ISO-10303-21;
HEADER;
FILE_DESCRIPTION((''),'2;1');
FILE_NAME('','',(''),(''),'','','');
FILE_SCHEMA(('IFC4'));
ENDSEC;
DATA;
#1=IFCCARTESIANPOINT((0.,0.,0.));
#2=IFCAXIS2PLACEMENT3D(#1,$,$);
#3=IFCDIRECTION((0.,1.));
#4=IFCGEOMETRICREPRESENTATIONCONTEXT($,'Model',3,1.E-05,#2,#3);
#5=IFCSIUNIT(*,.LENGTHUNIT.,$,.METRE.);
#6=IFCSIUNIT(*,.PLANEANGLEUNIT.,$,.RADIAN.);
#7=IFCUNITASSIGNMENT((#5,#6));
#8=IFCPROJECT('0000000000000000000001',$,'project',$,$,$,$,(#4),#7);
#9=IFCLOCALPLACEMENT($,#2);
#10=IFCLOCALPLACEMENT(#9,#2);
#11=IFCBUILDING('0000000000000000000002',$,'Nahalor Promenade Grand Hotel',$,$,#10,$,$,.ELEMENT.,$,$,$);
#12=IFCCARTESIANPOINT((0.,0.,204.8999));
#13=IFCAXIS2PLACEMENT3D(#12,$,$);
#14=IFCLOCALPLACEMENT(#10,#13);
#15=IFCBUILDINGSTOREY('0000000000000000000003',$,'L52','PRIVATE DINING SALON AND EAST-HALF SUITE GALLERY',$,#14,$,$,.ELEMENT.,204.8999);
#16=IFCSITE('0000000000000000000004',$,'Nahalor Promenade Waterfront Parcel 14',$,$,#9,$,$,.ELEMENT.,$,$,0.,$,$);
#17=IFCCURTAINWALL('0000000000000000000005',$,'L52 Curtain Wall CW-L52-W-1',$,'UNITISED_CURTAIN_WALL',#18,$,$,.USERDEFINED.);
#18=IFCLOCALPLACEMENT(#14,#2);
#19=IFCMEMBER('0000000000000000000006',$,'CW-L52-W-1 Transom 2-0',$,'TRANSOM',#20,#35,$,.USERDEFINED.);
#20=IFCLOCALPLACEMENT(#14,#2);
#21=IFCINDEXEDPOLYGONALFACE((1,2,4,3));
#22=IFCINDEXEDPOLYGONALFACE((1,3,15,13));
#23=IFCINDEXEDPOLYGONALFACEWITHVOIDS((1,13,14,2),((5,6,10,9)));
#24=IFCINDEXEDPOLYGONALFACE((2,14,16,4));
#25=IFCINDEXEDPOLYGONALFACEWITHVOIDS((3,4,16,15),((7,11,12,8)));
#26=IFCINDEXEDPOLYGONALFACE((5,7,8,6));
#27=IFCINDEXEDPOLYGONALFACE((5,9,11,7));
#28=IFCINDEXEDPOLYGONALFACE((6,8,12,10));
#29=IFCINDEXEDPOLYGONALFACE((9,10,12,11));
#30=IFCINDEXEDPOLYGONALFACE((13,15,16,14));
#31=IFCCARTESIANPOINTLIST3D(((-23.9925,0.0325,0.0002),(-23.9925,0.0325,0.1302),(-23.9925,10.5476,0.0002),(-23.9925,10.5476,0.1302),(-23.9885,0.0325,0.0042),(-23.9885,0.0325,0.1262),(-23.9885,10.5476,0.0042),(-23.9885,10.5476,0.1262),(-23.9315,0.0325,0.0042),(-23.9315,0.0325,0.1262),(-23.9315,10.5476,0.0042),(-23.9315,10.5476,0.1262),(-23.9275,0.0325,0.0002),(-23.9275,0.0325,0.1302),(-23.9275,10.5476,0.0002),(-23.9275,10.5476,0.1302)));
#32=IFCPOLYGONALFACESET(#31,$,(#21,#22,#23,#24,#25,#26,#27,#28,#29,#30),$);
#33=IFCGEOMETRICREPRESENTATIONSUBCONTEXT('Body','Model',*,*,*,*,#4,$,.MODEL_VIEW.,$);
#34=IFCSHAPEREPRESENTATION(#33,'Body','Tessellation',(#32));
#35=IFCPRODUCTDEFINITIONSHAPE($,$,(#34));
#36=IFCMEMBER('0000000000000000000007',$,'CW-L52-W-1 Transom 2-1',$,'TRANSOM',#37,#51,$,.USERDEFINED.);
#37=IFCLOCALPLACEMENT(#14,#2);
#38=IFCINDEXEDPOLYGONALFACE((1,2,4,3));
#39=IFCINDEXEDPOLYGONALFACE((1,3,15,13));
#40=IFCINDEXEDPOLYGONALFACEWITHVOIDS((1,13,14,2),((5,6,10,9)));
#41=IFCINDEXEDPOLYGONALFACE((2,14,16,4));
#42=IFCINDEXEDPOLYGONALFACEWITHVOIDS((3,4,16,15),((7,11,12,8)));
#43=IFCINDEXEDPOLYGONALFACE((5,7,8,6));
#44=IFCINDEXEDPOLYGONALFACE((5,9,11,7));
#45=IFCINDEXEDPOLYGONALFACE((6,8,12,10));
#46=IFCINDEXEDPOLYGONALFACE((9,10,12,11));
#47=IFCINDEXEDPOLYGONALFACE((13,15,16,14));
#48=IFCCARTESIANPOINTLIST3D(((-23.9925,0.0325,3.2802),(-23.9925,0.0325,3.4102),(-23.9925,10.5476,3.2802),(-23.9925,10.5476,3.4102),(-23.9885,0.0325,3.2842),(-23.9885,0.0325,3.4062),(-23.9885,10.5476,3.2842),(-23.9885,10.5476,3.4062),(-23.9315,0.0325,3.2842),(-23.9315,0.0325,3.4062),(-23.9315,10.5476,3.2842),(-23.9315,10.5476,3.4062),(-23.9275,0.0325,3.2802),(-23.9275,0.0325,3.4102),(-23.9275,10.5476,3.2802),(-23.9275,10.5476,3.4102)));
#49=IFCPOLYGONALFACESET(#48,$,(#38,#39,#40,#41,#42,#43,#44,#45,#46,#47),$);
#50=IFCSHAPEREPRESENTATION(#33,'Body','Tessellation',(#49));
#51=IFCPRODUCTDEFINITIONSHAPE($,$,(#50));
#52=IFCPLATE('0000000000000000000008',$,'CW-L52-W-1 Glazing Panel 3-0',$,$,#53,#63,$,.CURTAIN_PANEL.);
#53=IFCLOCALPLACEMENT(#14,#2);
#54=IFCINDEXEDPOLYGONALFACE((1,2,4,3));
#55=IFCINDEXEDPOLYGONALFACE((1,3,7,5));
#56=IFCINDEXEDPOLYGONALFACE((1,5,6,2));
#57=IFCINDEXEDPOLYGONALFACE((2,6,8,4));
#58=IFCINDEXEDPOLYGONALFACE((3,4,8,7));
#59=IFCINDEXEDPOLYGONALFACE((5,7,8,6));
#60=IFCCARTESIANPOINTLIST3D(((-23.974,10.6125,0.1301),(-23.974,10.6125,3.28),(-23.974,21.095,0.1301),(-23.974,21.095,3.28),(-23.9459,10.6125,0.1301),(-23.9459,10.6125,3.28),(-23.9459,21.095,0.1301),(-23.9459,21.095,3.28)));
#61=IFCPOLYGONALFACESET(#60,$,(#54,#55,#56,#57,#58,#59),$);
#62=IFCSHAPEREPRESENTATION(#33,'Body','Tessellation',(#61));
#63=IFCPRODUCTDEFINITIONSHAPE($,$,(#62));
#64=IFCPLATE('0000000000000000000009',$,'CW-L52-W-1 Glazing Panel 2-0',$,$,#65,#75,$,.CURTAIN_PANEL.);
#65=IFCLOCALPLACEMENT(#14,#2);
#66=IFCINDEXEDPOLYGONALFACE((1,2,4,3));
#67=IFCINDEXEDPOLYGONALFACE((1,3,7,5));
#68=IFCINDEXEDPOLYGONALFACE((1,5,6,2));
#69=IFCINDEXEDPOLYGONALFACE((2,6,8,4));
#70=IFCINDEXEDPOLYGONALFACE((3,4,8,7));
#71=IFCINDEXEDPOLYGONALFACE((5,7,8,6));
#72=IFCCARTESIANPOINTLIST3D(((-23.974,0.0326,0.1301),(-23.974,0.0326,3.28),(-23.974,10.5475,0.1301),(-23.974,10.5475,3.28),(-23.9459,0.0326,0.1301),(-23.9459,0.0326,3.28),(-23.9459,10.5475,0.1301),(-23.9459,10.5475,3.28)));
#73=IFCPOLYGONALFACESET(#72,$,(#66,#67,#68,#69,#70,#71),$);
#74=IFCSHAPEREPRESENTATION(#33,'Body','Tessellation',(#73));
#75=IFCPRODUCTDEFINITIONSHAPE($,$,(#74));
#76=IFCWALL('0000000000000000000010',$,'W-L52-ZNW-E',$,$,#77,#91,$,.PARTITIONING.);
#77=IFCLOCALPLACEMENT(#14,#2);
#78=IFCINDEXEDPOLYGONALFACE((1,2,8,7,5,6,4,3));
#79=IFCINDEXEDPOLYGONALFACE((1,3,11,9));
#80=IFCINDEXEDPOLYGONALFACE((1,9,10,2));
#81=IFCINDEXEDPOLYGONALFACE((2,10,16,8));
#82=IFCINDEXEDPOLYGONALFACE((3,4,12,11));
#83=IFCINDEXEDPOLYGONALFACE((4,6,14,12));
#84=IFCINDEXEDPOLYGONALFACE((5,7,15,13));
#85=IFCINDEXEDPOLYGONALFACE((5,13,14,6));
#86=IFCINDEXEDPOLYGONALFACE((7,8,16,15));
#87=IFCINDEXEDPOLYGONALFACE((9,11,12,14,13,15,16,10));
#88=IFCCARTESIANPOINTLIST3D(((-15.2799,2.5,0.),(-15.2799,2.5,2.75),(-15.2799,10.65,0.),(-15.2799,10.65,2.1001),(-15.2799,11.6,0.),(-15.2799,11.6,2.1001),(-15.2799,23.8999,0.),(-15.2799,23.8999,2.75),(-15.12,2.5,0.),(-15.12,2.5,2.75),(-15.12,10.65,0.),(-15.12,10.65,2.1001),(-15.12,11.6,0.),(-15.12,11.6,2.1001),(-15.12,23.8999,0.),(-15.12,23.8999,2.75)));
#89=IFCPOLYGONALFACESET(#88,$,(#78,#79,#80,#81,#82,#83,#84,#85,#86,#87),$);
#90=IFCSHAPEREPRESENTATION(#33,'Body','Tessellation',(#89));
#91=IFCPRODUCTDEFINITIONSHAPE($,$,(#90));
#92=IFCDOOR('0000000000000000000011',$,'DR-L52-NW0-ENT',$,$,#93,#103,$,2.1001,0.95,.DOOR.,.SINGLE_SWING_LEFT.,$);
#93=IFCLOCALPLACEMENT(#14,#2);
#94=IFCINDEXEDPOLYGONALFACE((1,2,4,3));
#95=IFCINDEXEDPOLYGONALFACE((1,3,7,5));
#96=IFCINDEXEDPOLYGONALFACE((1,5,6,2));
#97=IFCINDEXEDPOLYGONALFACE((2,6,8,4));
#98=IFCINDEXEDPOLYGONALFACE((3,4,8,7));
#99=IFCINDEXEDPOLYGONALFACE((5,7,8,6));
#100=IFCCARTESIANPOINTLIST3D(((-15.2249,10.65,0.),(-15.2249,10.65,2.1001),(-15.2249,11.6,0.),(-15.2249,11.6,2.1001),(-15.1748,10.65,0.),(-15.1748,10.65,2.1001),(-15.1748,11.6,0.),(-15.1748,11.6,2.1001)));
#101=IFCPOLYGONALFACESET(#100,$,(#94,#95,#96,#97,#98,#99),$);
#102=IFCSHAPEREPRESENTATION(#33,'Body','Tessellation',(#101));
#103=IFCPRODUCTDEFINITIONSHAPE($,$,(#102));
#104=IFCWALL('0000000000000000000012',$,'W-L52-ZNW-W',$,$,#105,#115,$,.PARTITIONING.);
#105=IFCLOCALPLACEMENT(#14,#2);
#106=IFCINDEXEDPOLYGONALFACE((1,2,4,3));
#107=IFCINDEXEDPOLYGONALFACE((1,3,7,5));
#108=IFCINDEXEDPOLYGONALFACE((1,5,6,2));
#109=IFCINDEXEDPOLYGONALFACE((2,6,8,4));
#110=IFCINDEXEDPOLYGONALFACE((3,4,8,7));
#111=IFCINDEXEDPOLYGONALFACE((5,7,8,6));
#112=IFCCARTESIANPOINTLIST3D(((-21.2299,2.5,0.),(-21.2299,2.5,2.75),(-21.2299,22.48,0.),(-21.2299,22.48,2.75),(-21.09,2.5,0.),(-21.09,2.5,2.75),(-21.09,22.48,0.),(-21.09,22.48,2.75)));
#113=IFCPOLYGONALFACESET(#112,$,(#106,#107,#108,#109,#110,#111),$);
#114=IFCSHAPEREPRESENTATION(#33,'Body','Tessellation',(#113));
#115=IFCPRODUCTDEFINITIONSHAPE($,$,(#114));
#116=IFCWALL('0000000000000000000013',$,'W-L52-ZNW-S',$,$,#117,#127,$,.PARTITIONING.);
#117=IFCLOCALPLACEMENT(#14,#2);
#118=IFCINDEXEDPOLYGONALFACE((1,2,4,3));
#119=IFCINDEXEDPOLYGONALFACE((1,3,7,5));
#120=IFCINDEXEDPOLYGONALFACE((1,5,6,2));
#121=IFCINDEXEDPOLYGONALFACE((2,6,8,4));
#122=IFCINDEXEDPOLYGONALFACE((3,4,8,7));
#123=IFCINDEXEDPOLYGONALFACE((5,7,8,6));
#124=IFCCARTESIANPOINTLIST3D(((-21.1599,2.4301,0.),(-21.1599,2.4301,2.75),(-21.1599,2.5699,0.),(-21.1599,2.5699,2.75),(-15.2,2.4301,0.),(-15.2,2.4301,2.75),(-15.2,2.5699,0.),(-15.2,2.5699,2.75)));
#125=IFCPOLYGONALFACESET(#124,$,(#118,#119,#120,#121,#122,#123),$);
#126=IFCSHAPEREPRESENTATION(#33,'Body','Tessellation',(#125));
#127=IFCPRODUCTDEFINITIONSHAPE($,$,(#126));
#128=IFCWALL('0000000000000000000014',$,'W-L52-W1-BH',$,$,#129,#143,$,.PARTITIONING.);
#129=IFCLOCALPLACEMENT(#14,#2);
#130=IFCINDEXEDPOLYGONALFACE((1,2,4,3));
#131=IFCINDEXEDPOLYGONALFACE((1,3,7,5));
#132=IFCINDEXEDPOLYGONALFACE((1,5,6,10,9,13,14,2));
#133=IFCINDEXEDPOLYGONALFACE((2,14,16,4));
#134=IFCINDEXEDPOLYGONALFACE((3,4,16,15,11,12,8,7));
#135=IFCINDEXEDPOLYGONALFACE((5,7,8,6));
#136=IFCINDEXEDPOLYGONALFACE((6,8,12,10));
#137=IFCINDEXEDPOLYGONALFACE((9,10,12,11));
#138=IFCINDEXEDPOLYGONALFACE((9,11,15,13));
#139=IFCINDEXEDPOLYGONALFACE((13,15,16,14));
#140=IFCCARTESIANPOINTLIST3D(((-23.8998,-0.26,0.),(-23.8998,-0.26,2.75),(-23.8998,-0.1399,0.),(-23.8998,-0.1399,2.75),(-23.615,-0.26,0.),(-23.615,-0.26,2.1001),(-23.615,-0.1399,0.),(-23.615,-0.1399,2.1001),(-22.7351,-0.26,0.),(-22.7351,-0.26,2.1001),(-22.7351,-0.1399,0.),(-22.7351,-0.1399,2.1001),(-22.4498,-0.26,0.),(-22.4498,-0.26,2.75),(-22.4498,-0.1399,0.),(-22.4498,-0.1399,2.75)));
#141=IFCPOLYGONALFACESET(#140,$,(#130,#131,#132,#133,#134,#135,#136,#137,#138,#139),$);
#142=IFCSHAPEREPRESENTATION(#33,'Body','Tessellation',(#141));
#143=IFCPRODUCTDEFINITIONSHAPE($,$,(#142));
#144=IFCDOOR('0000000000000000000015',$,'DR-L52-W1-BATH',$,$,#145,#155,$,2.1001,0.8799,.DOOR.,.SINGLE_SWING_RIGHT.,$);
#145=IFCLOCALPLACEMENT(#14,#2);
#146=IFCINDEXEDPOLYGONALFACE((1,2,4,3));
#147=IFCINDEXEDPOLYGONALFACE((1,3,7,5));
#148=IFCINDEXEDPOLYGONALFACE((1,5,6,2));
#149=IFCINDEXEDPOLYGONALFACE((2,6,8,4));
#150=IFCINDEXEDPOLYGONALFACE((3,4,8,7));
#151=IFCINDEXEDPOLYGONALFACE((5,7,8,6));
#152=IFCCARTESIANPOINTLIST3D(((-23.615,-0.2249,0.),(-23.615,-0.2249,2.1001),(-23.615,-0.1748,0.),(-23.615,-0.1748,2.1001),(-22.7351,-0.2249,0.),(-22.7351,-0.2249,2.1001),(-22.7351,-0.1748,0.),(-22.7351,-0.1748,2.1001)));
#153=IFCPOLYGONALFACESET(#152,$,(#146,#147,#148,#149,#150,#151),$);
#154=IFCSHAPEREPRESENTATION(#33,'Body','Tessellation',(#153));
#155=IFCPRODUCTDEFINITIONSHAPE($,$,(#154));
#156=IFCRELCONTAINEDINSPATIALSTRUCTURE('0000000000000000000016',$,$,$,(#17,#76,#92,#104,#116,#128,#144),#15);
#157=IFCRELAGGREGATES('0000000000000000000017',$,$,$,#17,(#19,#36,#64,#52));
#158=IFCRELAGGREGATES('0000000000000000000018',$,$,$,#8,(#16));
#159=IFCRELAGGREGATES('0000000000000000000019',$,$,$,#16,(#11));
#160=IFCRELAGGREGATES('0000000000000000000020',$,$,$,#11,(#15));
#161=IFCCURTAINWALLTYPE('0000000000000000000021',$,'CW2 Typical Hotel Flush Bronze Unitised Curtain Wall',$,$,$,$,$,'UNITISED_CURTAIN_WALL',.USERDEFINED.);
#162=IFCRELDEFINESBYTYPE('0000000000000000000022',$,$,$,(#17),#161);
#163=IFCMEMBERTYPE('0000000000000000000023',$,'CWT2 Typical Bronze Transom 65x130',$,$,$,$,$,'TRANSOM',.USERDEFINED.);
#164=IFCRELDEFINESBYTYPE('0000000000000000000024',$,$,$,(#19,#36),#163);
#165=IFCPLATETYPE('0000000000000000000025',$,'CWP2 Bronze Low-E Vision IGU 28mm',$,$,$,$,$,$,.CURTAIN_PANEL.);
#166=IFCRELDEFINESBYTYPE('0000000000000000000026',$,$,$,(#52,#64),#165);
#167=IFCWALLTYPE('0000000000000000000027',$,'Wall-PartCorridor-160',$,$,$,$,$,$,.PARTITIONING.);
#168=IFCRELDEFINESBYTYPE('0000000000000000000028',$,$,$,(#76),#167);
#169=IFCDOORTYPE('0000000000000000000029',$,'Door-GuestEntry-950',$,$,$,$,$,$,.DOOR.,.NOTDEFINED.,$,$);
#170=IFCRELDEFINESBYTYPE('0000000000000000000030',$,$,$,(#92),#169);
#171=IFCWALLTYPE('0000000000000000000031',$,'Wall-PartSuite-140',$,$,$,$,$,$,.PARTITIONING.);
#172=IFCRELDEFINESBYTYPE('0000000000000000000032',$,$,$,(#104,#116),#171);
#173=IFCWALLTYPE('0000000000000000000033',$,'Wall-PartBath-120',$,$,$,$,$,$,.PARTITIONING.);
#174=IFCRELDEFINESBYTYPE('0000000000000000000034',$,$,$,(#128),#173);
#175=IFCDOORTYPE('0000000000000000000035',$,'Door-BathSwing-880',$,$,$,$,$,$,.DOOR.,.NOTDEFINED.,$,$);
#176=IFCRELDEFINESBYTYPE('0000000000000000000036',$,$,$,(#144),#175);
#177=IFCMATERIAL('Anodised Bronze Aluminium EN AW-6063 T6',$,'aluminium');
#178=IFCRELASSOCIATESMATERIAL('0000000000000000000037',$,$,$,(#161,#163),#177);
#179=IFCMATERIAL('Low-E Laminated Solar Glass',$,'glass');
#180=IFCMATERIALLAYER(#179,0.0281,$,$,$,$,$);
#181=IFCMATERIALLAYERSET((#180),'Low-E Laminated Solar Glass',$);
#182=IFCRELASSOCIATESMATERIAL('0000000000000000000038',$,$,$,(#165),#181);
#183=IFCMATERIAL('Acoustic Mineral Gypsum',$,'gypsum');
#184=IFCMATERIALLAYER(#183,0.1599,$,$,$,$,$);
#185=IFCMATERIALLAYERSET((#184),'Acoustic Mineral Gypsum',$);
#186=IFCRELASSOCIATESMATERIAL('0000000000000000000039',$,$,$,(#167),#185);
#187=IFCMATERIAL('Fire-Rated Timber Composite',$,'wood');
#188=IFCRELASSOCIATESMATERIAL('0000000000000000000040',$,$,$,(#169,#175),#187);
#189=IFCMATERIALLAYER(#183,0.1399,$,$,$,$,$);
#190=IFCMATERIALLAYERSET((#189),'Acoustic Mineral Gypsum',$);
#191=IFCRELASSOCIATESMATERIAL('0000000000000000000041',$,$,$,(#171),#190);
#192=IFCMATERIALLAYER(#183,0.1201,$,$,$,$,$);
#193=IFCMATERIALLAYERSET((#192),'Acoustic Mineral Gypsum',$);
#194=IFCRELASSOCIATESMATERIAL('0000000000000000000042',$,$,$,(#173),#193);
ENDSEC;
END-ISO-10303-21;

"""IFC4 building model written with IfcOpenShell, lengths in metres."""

from ifc_helpers import new_model, si_unit, direction, frame, frame_2d, origin, origin_2d, place, context, subcontext, project, spatial, rectangle, hollow_rectangle, extrude, source, transform, mapped, material, layer, layer_set, material_profile, profile_set, type_object, element, fill, aggregate, save


model = new_model("IFC4")

# Units and contexts
model_context = context("Model", 3, precision=1e-05, world=origin(), true_north=direction((0.0, 1.0)))
body_context = subcontext(model_context, "Body", "Model", "MODEL_VIEW")
ifc_project = project(units=[si_unit("LENGTHUNIT", "METRE"), si_unit("PLANEANGLEUNIT", "RADIAN")], contexts=[model_context])

# Site, building, storey
site_placement = place(None, origin())
site = spatial("IfcSite", under=ifc_project, at=site_placement, Name="Nahalor Promenade Waterfront Parcel 14", CompositionType="ELEMENT", RefElevation=0.0)
building_placement = place(site_placement, origin())
building = spatial("IfcBuilding", under=site, at=building_placement, Name="Nahalor Promenade Grand Hotel", CompositionType="ELEMENT")
storey_placement = place(building_placement, frame((0.0, 0.0, 204.8999)))
storey = spatial("IfcBuildingStorey", under=building, at=storey_placement, Name="L52", Description="PRIVATE DINING SALON AND EAST-HALF SUITE GALLERY", CompositionType="ELEMENT", Elevation=204.8999)

# Curtain wall, members, plates
ifc_material_1 = material(Name="Anodised Bronze Aluminium EN AW-6063 T6", Category="aluminium")
curtain_wall_type = type_object("IfcCurtainWallType", Name="CW2 Typical Hotel Flush Bronze Unitised Curtain Wall", ElementType="UNITISED_CURTAIN_WALL", PredefinedType="USERDEFINED", material=ifc_material_1)
curtain_wall_placement = place(storey_placement, origin())
curtain_wall = element("IfcCurtainWall", 1, at=curtain_wall_placement, inside=storey, type_object=curtain_wall_type, Name="L52 Curtain Wall CW-L52-W-1", ObjectType="UNITISED_CURTAIN_WALL", PredefinedType="USERDEFINED")
ifc_material_profile_1 = material_profile(ifc_material_1, hollow_rectangle(XDim=0.065, YDim=0.13, WallThickness=0.004, at=origin_2d()), Name="CWT 65x130x4")
ifc_profile_set_1 = profile_set([ifc_material_profile_1], Name="Anodised Bronze Aluminium EN AW-6063 T6")
member_type_1 = type_object("IfcMemberType", Name="CWT2 Typical Bronze Transom 65x130", ElementType="TRANSOM", PredefinedType="USERDEFINED", material=ifc_profile_set_1)
shared_shape_1 = source(origin(), body_context, "Body", "SweptSolid", [
    extrude(hollow_rectangle(XDim=0.065, YDim=0.13, WallThickness=0.004, at=origin_2d()), origin(), (0.0, 0.0, 1.0), 10.5151),
])
member_1_placement = place(storey_placement, frame((-23.96, 0.0325, 0.0652), z_axis=(0.0, 1.0, 0.0), x_axis=(-1.0, 0.0, 0.0)))
member_1 = element("IfcMember", 2, at=member_1_placement, type_object=member_type_1, Name="CW-L52-W-1 Transom 2-0", ObjectType="TRANSOM", PredefinedType="USERDEFINED", context=body_context, shape_type="MappedRepresentation", body=[
    mapped(shared_shape_1, transform((0.0, 0.0, 0.0), scale=1.0)),
])
member_2_placement = place(storey_placement, frame((-23.96, 0.0325, 3.3452), z_axis=(0.0, 1.0, 0.0), x_axis=(-1.0, 0.0, 0.0)))
member_2 = element("IfcMember", 3, at=member_2_placement, type_object=member_type_1, Name="CW-L52-W-1 Transom 2-1", ObjectType="TRANSOM", PredefinedType="USERDEFINED", context=body_context, shape_type="MappedRepresentation", body=[
    mapped(shared_shape_1, transform((0.0, 0.0, 0.0), scale=1.0)),
])
ifc_material_2 = material(Name="Low-E Laminated Solar Glass", Category="glass")
ifc_layer_1 = layer(ifc_material_2, 0.0281)
ifc_layer_set_1 = layer_set([ifc_layer_1], Name="Low-E Laminated Solar Glass")
plate_type = type_object("IfcPlateType", Name="CWP2 Bronze Low-E Vision IGU 28mm", PredefinedType="CURTAIN_PANEL", material=ifc_layer_set_1)
shared_shape_2 = source(origin(), body_context, "Body", "SweptSolid", [
    extrude(rectangle(XDim=10.4824, YDim=0.0281, at=origin_2d()), origin(), (0.0, 0.0, 1.0), 3.1499),
])
plate_1_placement = place(storey_placement, frame((-23.96, 15.8538, 0.1301), z_axis=(0.0, 0.0, 1.0), x_axis=(0.0, 1.0, 0.0)))
plate_1 = element("IfcPlate", 4, at=plate_1_placement, type_object=plate_type, Name="CW-L52-W-1 Glazing Panel 3-0", PredefinedType="CURTAIN_PANEL", context=body_context, shape_type="MappedRepresentation", body=[
    mapped(shared_shape_2, transform((0.0, 0.0, 0.0), scale=1.0)),
])
shared_shape_3 = source(origin(), body_context, "Body", "SweptSolid", [
    extrude(rectangle(XDim=10.5149, YDim=0.0281, at=origin_2d()), origin(), (0.0, 0.0, 1.0), 3.1499),
])
plate_2_placement = place(storey_placement, frame((-23.96, 5.29, 0.1301), z_axis=(0.0, 0.0, 1.0), x_axis=(0.0, 1.0, 0.0)))
plate_2 = element("IfcPlate", 5, at=plate_2_placement, type_object=plate_type, Name="CW-L52-W-1 Glazing Panel 2-0", PredefinedType="CURTAIN_PANEL", context=body_context, shape_type="MappedRepresentation", body=[
    mapped(shared_shape_3, transform((0.0, 0.0, 0.0), scale=1.0)),
])
aggregate(curtain_wall, [member_1, member_2, plate_2, plate_1])

# Wall, opening, door
ifc_material_3 = material(Name="Acoustic Mineral Gypsum", Category="gypsum")
ifc_layer_2 = layer(ifc_material_3, 0.1599)
ifc_layer_set_2 = layer_set([ifc_layer_2], Name="Acoustic Mineral Gypsum")
wall_type_1 = type_object("IfcWallType", Name="Wall-PartCorridor-160", PredefinedType="PARTITIONING", material=ifc_layer_set_2)
shared_shape_4 = source(origin(), body_context, "Body", "SweptSolid", [
    extrude(rectangle(XDim=21.3999, YDim=0.1599, at=frame_2d((10.7, 0.0))), origin(), (0.0, 0.0, 1.0), 2.75),
])
wall_1_placement = place(storey_placement, frame((-15.2, 2.5, 0.0), z_axis=(0.0, 0.0, 1.0), x_axis=(0.0, 1.0, 0.0)))
wall_1 = element("IfcWall", 6, at=wall_1_placement, inside=storey, type_object=wall_type_1, Name="W-L52-ZNW-E", PredefinedType="PARTITIONING", context=body_context, shape_type="MappedRepresentation", body=[
    mapped(shared_shape_4, transform((0.0, 0.0, 0.0), scale=1.0)),
])
opening_1_placement = place(wall_1_placement, frame((8.1499, 0.0, 0.0)))
opening_1 = element("IfcOpeningElement", 7, at=opening_1_placement, cuts=wall_1, PredefinedType="OPENING", context=body_context, shape_type="SweptSolid", body=[
    extrude(rectangle(XDim=0.95, YDim=2.1001, at=frame_2d((0.4751, 1.05))), frame((0.0, 0.0898, 0.0), z_axis=(0.0, -1.0, 0.0), x_axis=(1.0, 0.0, 0.0)), (0.0, 0.0, 1.0), 0.1799),
])
ifc_material_4 = material(Name="Fire-Rated Timber Composite", Category="wood")
door_type_1 = type_object("IfcDoorType", Name="Door-GuestEntry-950", OperationType="NOTDEFINED", PredefinedType="DOOR", material=ifc_material_4)
shared_shape_5 = source(origin(), body_context, "Body", "SweptSolid", [
    extrude(rectangle(XDim=0.95, YDim=2.1001, at=frame_2d((0.4751, 1.05))), frame((0.0, 0.0249, 0.0), z_axis=(0.0, -1.0, 0.0), x_axis=(1.0, 0.0, 0.0)), (0.0, 0.0, 1.0), 0.05),
])
door_1_placement = place(opening_1_placement, origin())
door_1 = element("IfcDoor", 8, at=door_1_placement, inside=storey, type_object=door_type_1, Name="DR-L52-NW0-ENT", OperationType="SINGLE_SWING_LEFT", OverallHeight=2.1001, OverallWidth=0.95, PredefinedType="DOOR", context=body_context, shape_type="MappedRepresentation", body=[
    mapped(shared_shape_5, transform((0.0, 0.0, 0.0), scale=1.0)),
])
fill(opening_1, door_1)

# Walls
ifc_layer_3 = layer(ifc_material_3, 0.1399)
ifc_layer_set_3 = layer_set([ifc_layer_3], Name="Acoustic Mineral Gypsum")
wall_type_2 = type_object("IfcWallType", Name="Wall-PartSuite-140", PredefinedType="PARTITIONING", material=ifc_layer_set_3)
shared_shape_6 = source(origin(), body_context, "Body", "SweptSolid", [
    extrude(rectangle(XDim=19.98, YDim=0.1399, at=frame_2d((9.99, 0.0))), origin(), (0.0, 0.0, 1.0), 2.75),
])
wall_2_placement = place(storey_placement, frame((-21.1599, 2.5, 0.0), z_axis=(0.0, 0.0, 1.0), x_axis=(0.0, 1.0, 0.0)))
element("IfcWall", 9, at=wall_2_placement, inside=storey, type_object=wall_type_2, Name="W-L52-ZNW-W", PredefinedType="PARTITIONING", context=body_context, shape_type="MappedRepresentation", body=[
    mapped(shared_shape_6, transform((0.0, 0.0, 0.0), scale=1.0)),
])
shared_shape_7 = source(origin(), body_context, "Body", "SweptSolid", [
    extrude(rectangle(XDim=5.96, YDim=0.1399, at=frame_2d((2.98, 0.0))), origin(), (0.0, 0.0, 1.0), 2.75),
])
wall_3_placement = place(storey_placement, frame((-21.1599, 2.5, 0.0), z_axis=(0.0, 0.0, 1.0), x_axis=(1.0, 0.0, 0.0)))
element("IfcWall", 10, at=wall_3_placement, inside=storey, type_object=wall_type_2, Name="W-L52-ZNW-S", PredefinedType="PARTITIONING", context=body_context, shape_type="MappedRepresentation", body=[
    mapped(shared_shape_7, transform((0.0, 0.0, 0.0), scale=1.0)),
])

# Wall, opening, door
ifc_layer_4 = layer(ifc_material_3, 0.1201)
ifc_layer_set_4 = layer_set([ifc_layer_4], Name="Acoustic Mineral Gypsum")
wall_type_3 = type_object("IfcWallType", Name="Wall-PartBath-120", PredefinedType="PARTITIONING", material=ifc_layer_set_4)
shared_shape_8 = source(origin(), body_context, "Body", "SweptSolid", [
    extrude(rectangle(XDim=1.45, YDim=0.1201, at=frame_2d((0.7251, 0.0))), origin(), (0.0, 0.0, 1.0), 2.75),
])
wall_4_placement = place(storey_placement, frame((-23.8999, -0.2, 0.0), z_axis=(0.0, 0.0, 1.0), x_axis=(1.0, 0.0, 0.0)))
wall_4 = element("IfcWall", 11, at=wall_4_placement, inside=storey, type_object=wall_type_3, Name="W-L52-W1-BH", PredefinedType="PARTITIONING", context=body_context, shape_type="MappedRepresentation", body=[
    mapped(shared_shape_8, transform((0.0, 0.0, 0.0), scale=1.0)),
])
opening_2_placement = place(wall_4_placement, frame((0.2849, 0.0, 0.0)))
opening_2 = element("IfcOpeningElement", 12, at=opening_2_placement, cuts=wall_4, PredefinedType="OPENING", context=body_context, shape_type="SweptSolid", body=[
    extrude(rectangle(XDim=0.8799, YDim=2.1001, at=frame_2d((0.4399, 1.05))), frame((0.0, 0.0701, 0.0), z_axis=(0.0, -1.0, 0.0), x_axis=(1.0, 0.0, 0.0)), (0.0, 0.0, 1.0), 0.1401),
])
door_type_2 = type_object("IfcDoorType", Name="Door-BathSwing-880", OperationType="NOTDEFINED", PredefinedType="DOOR", material=ifc_material_4)
shared_shape_9 = source(origin(), body_context, "Body", "SweptSolid", [
    extrude(rectangle(XDim=0.8799, YDim=2.1001, at=frame_2d((0.4399, 1.05))), frame((0.0, 0.0249, 0.0), z_axis=(0.0, -1.0, 0.0), x_axis=(1.0, 0.0, 0.0)), (0.0, 0.0, 1.0), 0.05),
])
door_2_placement = place(opening_2_placement, frame((0.8799, 0.0, 0.0), z_axis=(0.0, 0.0, 1.0), x_axis=(-1.0, 0.0, 0.0)))
door_2 = element("IfcDoor", 13, at=door_2_placement, inside=storey, type_object=door_type_2, Name="DR-L52-W1-BATH", OperationType="SINGLE_SWING_RIGHT", OverallHeight=2.1001, OverallWidth=0.8799, PredefinedType="DOOR", context=body_context, shape_type="MappedRepresentation", body=[
    mapped(shared_shape_9, transform((0.0, 0.0, 0.0), scale=1.0)),
])
fill(opening_2, door_2)

save(model, "model.ifc")
